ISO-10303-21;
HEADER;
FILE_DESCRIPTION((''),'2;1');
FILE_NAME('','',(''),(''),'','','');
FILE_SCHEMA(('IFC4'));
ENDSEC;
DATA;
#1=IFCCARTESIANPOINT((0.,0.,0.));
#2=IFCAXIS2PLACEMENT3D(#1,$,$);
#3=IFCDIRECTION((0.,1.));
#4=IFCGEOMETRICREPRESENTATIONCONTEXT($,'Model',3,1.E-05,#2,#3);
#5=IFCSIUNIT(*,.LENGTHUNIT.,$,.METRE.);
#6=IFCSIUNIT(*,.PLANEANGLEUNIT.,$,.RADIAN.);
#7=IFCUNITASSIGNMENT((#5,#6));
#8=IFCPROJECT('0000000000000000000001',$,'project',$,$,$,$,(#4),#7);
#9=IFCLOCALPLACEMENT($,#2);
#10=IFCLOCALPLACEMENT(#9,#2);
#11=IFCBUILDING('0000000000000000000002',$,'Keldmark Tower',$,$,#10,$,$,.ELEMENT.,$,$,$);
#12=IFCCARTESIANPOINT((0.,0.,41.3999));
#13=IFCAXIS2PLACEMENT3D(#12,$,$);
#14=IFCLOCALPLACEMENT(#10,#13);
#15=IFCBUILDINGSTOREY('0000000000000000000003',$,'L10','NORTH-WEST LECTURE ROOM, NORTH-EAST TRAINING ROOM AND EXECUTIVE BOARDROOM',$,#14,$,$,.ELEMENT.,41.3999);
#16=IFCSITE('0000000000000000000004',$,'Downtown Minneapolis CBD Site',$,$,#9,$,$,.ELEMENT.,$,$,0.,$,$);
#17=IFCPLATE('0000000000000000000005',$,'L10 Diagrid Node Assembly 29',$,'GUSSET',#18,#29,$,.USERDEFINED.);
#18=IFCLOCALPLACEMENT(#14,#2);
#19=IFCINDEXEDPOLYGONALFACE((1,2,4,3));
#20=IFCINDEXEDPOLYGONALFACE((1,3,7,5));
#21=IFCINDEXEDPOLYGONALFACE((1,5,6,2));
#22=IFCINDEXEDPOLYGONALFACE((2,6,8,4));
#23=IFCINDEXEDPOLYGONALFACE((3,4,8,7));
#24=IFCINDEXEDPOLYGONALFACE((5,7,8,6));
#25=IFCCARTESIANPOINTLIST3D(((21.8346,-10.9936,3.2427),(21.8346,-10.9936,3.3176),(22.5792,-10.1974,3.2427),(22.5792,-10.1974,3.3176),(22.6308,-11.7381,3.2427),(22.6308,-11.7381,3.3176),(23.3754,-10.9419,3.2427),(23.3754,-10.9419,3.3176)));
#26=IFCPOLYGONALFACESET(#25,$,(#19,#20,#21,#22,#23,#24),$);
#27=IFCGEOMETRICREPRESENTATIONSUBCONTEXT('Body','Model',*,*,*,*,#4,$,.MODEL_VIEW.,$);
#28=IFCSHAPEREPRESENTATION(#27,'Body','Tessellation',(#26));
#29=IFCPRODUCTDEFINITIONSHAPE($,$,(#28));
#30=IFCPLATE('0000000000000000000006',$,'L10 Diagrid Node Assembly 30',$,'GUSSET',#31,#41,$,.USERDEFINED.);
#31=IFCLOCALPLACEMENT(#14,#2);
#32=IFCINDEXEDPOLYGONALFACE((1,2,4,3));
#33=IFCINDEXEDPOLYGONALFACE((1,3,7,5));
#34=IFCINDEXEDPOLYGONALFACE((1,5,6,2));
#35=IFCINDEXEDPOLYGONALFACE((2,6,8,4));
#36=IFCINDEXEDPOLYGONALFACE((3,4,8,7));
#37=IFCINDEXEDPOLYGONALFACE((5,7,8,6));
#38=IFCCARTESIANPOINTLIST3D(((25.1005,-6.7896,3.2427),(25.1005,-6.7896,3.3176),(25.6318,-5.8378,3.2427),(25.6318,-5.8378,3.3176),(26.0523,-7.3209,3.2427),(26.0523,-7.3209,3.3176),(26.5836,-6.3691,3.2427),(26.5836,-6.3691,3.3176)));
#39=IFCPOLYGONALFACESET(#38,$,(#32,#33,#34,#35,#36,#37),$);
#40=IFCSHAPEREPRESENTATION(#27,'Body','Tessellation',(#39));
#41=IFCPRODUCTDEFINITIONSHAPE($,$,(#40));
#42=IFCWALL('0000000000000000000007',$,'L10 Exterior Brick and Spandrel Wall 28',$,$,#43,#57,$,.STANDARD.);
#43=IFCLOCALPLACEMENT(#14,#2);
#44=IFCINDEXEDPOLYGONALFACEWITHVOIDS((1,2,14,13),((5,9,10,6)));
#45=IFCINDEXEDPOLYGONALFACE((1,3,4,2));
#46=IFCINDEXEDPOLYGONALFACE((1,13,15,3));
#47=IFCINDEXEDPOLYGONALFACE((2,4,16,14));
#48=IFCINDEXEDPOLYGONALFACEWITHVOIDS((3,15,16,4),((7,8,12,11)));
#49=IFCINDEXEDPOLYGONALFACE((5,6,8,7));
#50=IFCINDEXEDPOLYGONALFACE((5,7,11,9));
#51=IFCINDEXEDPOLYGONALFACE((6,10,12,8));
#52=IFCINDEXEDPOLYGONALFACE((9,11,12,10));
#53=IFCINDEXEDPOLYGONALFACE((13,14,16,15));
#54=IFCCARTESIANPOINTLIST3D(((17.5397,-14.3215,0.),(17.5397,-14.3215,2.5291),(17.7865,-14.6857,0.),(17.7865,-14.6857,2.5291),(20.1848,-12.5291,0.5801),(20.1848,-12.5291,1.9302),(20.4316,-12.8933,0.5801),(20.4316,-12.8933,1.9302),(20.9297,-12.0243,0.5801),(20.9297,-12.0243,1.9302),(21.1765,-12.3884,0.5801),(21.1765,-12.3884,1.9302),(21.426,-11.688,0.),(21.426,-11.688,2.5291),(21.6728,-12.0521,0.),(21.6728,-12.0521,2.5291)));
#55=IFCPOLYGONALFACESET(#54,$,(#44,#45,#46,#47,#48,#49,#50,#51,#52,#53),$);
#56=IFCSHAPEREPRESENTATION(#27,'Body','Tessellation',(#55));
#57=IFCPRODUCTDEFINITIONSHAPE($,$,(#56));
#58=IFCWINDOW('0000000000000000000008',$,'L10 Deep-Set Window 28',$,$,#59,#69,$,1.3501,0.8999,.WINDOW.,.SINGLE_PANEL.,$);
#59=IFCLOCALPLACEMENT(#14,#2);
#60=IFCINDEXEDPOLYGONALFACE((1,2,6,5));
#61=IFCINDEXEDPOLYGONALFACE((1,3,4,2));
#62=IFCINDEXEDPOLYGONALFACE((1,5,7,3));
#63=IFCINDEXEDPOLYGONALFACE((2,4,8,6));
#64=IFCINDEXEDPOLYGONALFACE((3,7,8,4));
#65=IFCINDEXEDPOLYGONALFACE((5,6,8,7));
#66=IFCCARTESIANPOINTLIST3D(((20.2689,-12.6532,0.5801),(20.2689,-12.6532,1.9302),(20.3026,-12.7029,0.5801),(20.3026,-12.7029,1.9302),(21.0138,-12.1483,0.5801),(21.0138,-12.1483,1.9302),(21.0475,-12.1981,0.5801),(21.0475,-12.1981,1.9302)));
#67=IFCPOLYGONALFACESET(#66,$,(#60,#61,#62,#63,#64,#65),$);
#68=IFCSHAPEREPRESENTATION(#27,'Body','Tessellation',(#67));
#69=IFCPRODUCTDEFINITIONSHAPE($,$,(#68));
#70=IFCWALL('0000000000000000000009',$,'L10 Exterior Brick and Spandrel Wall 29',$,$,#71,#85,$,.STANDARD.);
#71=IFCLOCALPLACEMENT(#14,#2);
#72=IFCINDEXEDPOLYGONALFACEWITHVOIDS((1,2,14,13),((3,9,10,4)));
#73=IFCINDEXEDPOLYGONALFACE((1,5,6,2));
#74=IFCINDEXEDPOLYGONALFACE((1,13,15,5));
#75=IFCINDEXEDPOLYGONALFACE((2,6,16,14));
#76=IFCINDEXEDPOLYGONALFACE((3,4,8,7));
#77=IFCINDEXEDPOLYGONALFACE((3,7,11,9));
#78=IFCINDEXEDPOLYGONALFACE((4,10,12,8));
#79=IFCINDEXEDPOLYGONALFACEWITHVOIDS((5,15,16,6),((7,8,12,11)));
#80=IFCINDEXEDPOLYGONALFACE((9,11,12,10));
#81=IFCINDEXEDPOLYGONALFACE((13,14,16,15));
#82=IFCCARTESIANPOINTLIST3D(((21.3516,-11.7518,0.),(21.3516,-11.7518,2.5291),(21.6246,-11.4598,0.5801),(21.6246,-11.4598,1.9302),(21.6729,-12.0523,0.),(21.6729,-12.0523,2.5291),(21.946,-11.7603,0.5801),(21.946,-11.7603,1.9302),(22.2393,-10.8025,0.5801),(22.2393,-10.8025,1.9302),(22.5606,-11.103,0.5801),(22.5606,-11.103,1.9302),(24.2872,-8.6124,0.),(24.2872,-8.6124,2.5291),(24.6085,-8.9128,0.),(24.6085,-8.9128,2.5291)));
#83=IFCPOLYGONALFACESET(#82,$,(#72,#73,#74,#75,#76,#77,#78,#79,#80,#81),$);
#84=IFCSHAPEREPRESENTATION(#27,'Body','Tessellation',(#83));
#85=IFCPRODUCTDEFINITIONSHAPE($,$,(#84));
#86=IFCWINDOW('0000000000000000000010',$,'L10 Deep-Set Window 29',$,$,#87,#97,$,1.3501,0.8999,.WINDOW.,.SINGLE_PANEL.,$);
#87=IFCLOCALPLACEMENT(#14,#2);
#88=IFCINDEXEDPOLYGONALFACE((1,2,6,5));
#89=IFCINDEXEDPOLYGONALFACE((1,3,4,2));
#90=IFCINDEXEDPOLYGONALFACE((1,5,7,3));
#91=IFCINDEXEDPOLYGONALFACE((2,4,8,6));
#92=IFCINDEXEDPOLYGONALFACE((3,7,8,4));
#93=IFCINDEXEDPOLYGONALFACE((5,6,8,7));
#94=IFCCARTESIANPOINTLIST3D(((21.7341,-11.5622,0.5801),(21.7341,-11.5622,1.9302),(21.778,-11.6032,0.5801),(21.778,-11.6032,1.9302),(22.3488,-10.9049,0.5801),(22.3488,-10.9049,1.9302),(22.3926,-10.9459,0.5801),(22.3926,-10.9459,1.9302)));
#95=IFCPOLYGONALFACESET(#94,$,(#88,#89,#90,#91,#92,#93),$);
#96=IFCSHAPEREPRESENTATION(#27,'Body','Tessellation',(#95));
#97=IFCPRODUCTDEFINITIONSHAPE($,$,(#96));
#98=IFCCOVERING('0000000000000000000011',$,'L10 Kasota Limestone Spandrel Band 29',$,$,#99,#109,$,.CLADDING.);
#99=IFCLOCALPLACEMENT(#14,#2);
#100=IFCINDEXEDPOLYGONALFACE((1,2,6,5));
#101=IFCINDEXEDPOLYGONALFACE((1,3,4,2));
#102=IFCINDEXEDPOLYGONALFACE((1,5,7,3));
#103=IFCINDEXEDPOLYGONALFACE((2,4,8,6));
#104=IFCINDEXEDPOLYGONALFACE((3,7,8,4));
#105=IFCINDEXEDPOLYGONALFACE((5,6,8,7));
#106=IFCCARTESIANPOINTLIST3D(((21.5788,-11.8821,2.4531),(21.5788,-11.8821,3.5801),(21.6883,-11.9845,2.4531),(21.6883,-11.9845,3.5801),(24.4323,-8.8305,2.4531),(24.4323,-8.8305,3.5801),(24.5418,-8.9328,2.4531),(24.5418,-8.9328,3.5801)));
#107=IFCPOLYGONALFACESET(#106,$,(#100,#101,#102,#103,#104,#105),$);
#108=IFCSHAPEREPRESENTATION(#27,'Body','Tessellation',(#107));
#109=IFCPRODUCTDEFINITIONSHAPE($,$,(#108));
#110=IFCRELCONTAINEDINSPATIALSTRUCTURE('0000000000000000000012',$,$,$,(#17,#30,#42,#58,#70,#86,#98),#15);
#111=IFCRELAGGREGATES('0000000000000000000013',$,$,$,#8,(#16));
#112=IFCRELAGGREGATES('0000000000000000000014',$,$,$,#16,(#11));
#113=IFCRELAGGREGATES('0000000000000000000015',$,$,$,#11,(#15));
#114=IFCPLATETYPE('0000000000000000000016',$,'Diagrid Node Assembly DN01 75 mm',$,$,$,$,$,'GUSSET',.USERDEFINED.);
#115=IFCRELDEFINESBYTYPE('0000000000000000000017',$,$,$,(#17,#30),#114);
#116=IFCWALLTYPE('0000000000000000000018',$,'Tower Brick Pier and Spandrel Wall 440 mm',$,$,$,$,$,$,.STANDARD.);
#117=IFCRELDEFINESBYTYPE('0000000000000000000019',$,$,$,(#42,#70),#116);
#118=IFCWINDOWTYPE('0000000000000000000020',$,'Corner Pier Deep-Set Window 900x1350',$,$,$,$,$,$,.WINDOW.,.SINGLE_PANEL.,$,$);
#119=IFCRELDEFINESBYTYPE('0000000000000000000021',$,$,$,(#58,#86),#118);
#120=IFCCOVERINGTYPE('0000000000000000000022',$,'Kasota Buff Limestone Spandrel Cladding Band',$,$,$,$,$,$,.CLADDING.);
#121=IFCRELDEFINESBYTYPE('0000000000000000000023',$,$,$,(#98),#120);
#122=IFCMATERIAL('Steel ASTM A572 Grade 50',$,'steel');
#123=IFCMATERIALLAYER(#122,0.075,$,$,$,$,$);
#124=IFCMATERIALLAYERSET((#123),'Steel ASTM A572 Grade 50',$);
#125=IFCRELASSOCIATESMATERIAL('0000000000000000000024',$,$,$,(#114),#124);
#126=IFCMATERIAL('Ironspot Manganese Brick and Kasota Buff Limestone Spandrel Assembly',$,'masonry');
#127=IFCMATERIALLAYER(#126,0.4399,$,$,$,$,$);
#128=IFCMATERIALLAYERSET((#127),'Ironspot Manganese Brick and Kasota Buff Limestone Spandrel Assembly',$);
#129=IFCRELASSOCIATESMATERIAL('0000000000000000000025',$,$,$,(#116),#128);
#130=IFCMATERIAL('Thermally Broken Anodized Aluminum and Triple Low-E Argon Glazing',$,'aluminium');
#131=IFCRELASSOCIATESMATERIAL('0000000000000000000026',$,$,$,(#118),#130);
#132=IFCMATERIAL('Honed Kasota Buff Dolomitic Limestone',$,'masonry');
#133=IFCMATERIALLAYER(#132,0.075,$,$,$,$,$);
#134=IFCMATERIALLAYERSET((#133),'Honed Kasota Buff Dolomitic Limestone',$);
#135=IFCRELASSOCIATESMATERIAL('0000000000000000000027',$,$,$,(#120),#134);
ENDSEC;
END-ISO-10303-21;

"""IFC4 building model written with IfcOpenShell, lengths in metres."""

from ifc_helpers import new_model, si_unit, direction, frame, frame_2d, origin, origin_2d, place, context, subcontext, project, spatial, rectangle, extrude, material, layer, layer_set, type_object, element, fill, save


model = new_model("IFC4")

# Units and contexts
model_context = context("Model", 3, precision=1e-05, world=origin(), true_north=direction((0.0, 1.0)))
body_context = subcontext(model_context, "Body", "Model", "MODEL_VIEW")
ifc_project = project(units=[si_unit("LENGTHUNIT", "METRE"), si_unit("PLANEANGLEUNIT", "RADIAN")], contexts=[model_context])

# Site, building, storey
site_placement = place(None, origin())
site = spatial("IfcSite", under=ifc_project, at=site_placement, Name="Downtown Minneapolis CBD Site", CompositionType="ELEMENT", RefElevation=0.0)
building_placement = place(site_placement, origin())
building = spatial("IfcBuilding", under=site, at=building_placement, Name="Keldmark Tower", CompositionType="ELEMENT")
storey_placement = place(building_placement, frame((0.0, 0.0, 41.3999)))
storey = spatial("IfcBuildingStorey", under=building, at=storey_placement, Name="L10", Description="NORTH-WEST LECTURE ROOM, NORTH-EAST TRAINING ROOM AND EXECUTIVE BOARDROOM", CompositionType="ELEMENT", Elevation=41.3999)

# Plates
ifc_material_1 = material(Name="Steel ASTM A572 Grade 50", Category="steel")
ifc_layer_1 = layer(ifc_material_1, 0.075)
ifc_layer_set_1 = layer_set([ifc_layer_1], Name="Steel ASTM A572 Grade 50")
plate_type = type_object("IfcPlateType", Name="Diagrid Node Assembly DN01 75 mm", ElementType="GUSSET", PredefinedType="USERDEFINED", material=ifc_layer_set_1)
for number, where, z_axis, x_axis, name in (
    (1, (22.605, -10.9678, 3.2427), (0.0, 0.0, 1.0), (0.683019, 0.730401, 0.0), "L10 Diagrid Node Assembly 29"),
    (2, (25.842, -6.5793, 3.2427), (0.0, 0.0, 1.0), (0.487403, 0.873177, 0.0), "L10 Diagrid Node Assembly 30"),
):
    element("IfcPlate", number, at=place(storey_placement, frame(where, z_axis=z_axis, x_axis=x_axis)), inside=storey, type_object=plate_type, Name=name, ObjectType="GUSSET", PredefinedType="USERDEFINED", context=body_context, shape_type="SweptSolid", body=[
        extrude(rectangle(XDim=1.0901, YDim=1.0901, at=origin_2d()), origin(), (0.0, 0.0, 1.0), 0.075),
    ])

# Walls, openings, windows
ifc_material_2 = material(Name="Ironspot Manganese Brick and Kasota Buff Limestone Spandrel Assembly", Category="masonry")
ifc_layer_2 = layer(ifc_material_2, 0.4399)
ifc_layer_set_2 = layer_set([ifc_layer_2], Name="Ironspot Manganese Brick and Kasota Buff Limestone Spandrel Assembly")
wall_type = type_object("IfcWallType", Name="Tower Brick Pier and Spandrel Wall 440 mm", PredefinedType="STANDARD", material=ifc_layer_set_2)
wall_1_placement = place(storey_placement, frame((21.5493, -11.8701, 0.0), z_axis=(0.0, 0.0, 1.0), x_axis=(-0.827826, -0.560985, 0.0)))
wall_1 = element("IfcWall", 3, at=wall_1_placement, inside=storey, type_object=wall_type, Name="L10 Exterior Brick and Spandrel Wall 28", PredefinedType="STANDARD", context=body_context, shape_type="SweptSolid", body=[
    extrude(rectangle(XDim=4.6946, YDim=0.4399, at=frame_2d((2.3472, 0.0))), origin(), (0.0, 0.0, 1.0), 2.5291),
])
opening_1_placement = place(wall_1_placement, frame((0.5994, 0.0, 0.5801)))
opening_1 = element("IfcOpeningElement", 4, at=opening_1_placement, cuts=wall_1, PredefinedType="OPENING", context=body_context, shape_type="SweptSolid", body=[
    extrude(rectangle(XDim=0.8999, YDim=1.3501, at=frame_2d((0.45, 0.675))), frame((0.0, 0.23, 0.0), z_axis=(0.0, -1.0, 0.0), x_axis=(1.0, 0.0, 0.0)), (0.0, 0.0, 1.0), 0.46),
])
ifc_material_3 = material(Name="Thermally Broken Anodized Aluminum and Triple Low-E Argon Glazing", Category="aluminium")
window_type = type_object("IfcWindowType", Name="Corner Pier Deep-Set Window 900x1350", PartitioningType="SINGLE_PANEL", PredefinedType="WINDOW", material=ifc_material_3)
window_1_placement = place(opening_1_placement, origin())
window_1 = element("IfcWindow", 5, at=window_1_placement, inside=storey, type_object=window_type, Name="L10 Deep-Set Window 28", OverallHeight=1.3501, OverallWidth=0.8999, PartitioningType="SINGLE_PANEL", PredefinedType="WINDOW", context=body_context, shape_type="SweptSolid", body=[
    extrude(rectangle(XDim=0.8999, YDim=1.3501, at=frame_2d((0.45, 0.675))), frame((0.0, -0.01, 0.0), z_axis=(0.0, -1.0, 0.0), x_axis=(1.0, 0.0, 0.0)), (0.0, 0.0, 1.0), 0.0601),
])
fill(opening_1, window_1)
wall_2_placement = place(storey_placement, frame((24.4478, -8.7627, 0.0), z_axis=(0.0, 0.0, 1.0), x_axis=(-0.682994, -0.730424, 0.0)))
wall_2 = element("IfcWall", 6, at=wall_2_placement, inside=storey, type_object=wall_type, Name="L10 Exterior Brick and Spandrel Wall 29", PredefinedType="STANDARD", context=body_context, shape_type="SweptSolid", body=[
    extrude(rectangle(XDim=4.2981, YDim=0.4399, at=frame_2d((2.1489, 0.0))), origin(), (0.0, 0.0, 1.0), 2.5291),
])
opening_2_placement = place(wall_2_placement, frame((2.9983, 0.0, 0.5801)))
opening_2 = element("IfcOpeningElement", 7, at=opening_2_placement, cuts=wall_2, PredefinedType="OPENING", context=body_context, shape_type="SweptSolid", body=[
    extrude(rectangle(XDim=0.8999, YDim=1.3501, at=frame_2d((0.45, 0.675))), frame((0.0, 0.23, 0.0), z_axis=(0.0, -1.0, 0.0), x_axis=(1.0, 0.0, 0.0)), (0.0, 0.0, 1.0), 0.46),
])
window_2_placement = place(opening_2_placement, origin())
window_2 = element("IfcWindow", 8, at=window_2_placement, inside=storey, type_object=window_type, Name="L10 Deep-Set Window 29", OverallHeight=1.3501, OverallWidth=0.8999, PartitioningType="SINGLE_PANEL", PredefinedType="WINDOW", context=body_context, shape_type="SweptSolid", body=[
    extrude(rectangle(XDim=0.8999, YDim=1.3501, at=frame_2d((0.45, 0.675))), frame((0.0, -0.01, 0.0), z_axis=(0.0, -1.0, 0.0), x_axis=(1.0, 0.0, 0.0)), (0.0, 0.0, 1.0), 0.0601),
])
fill(opening_2, window_2)

# Covering
ifc_material_4 = material(Name="Honed Kasota Buff Dolomitic Limestone", Category="masonry")
ifc_layer_3 = layer(ifc_material_4, 0.075)
ifc_layer_set_3 = layer_set([ifc_layer_3], Name="Honed Kasota Buff Dolomitic Limestone")
covering_type = type_object("IfcCoveringType", Name="Kasota Buff Limestone Spandrel Cladding Band", PredefinedType="CLADDING", material=ifc_layer_set_3)
covering_placement = place(storey_placement, frame((23.0603, -10.4075, 2.4531), z_axis=(0.0, 0.0, 1.0), x_axis=(0.683006, 0.730413, 0.0)))
element("IfcCovering", 9, at=covering_placement, inside=storey, type_object=covering_type, Name="L10 Kasota Limestone Spandrel Band 29", PredefinedType="CLADDING", context=body_context, shape_type="SweptSolid", body=[
    extrude(rectangle(XDim=4.178, YDim=0.1499, at=origin_2d()), origin(), (0.0, 0.0, 1.0), 1.127),
])

save(model, "model.ifc")
